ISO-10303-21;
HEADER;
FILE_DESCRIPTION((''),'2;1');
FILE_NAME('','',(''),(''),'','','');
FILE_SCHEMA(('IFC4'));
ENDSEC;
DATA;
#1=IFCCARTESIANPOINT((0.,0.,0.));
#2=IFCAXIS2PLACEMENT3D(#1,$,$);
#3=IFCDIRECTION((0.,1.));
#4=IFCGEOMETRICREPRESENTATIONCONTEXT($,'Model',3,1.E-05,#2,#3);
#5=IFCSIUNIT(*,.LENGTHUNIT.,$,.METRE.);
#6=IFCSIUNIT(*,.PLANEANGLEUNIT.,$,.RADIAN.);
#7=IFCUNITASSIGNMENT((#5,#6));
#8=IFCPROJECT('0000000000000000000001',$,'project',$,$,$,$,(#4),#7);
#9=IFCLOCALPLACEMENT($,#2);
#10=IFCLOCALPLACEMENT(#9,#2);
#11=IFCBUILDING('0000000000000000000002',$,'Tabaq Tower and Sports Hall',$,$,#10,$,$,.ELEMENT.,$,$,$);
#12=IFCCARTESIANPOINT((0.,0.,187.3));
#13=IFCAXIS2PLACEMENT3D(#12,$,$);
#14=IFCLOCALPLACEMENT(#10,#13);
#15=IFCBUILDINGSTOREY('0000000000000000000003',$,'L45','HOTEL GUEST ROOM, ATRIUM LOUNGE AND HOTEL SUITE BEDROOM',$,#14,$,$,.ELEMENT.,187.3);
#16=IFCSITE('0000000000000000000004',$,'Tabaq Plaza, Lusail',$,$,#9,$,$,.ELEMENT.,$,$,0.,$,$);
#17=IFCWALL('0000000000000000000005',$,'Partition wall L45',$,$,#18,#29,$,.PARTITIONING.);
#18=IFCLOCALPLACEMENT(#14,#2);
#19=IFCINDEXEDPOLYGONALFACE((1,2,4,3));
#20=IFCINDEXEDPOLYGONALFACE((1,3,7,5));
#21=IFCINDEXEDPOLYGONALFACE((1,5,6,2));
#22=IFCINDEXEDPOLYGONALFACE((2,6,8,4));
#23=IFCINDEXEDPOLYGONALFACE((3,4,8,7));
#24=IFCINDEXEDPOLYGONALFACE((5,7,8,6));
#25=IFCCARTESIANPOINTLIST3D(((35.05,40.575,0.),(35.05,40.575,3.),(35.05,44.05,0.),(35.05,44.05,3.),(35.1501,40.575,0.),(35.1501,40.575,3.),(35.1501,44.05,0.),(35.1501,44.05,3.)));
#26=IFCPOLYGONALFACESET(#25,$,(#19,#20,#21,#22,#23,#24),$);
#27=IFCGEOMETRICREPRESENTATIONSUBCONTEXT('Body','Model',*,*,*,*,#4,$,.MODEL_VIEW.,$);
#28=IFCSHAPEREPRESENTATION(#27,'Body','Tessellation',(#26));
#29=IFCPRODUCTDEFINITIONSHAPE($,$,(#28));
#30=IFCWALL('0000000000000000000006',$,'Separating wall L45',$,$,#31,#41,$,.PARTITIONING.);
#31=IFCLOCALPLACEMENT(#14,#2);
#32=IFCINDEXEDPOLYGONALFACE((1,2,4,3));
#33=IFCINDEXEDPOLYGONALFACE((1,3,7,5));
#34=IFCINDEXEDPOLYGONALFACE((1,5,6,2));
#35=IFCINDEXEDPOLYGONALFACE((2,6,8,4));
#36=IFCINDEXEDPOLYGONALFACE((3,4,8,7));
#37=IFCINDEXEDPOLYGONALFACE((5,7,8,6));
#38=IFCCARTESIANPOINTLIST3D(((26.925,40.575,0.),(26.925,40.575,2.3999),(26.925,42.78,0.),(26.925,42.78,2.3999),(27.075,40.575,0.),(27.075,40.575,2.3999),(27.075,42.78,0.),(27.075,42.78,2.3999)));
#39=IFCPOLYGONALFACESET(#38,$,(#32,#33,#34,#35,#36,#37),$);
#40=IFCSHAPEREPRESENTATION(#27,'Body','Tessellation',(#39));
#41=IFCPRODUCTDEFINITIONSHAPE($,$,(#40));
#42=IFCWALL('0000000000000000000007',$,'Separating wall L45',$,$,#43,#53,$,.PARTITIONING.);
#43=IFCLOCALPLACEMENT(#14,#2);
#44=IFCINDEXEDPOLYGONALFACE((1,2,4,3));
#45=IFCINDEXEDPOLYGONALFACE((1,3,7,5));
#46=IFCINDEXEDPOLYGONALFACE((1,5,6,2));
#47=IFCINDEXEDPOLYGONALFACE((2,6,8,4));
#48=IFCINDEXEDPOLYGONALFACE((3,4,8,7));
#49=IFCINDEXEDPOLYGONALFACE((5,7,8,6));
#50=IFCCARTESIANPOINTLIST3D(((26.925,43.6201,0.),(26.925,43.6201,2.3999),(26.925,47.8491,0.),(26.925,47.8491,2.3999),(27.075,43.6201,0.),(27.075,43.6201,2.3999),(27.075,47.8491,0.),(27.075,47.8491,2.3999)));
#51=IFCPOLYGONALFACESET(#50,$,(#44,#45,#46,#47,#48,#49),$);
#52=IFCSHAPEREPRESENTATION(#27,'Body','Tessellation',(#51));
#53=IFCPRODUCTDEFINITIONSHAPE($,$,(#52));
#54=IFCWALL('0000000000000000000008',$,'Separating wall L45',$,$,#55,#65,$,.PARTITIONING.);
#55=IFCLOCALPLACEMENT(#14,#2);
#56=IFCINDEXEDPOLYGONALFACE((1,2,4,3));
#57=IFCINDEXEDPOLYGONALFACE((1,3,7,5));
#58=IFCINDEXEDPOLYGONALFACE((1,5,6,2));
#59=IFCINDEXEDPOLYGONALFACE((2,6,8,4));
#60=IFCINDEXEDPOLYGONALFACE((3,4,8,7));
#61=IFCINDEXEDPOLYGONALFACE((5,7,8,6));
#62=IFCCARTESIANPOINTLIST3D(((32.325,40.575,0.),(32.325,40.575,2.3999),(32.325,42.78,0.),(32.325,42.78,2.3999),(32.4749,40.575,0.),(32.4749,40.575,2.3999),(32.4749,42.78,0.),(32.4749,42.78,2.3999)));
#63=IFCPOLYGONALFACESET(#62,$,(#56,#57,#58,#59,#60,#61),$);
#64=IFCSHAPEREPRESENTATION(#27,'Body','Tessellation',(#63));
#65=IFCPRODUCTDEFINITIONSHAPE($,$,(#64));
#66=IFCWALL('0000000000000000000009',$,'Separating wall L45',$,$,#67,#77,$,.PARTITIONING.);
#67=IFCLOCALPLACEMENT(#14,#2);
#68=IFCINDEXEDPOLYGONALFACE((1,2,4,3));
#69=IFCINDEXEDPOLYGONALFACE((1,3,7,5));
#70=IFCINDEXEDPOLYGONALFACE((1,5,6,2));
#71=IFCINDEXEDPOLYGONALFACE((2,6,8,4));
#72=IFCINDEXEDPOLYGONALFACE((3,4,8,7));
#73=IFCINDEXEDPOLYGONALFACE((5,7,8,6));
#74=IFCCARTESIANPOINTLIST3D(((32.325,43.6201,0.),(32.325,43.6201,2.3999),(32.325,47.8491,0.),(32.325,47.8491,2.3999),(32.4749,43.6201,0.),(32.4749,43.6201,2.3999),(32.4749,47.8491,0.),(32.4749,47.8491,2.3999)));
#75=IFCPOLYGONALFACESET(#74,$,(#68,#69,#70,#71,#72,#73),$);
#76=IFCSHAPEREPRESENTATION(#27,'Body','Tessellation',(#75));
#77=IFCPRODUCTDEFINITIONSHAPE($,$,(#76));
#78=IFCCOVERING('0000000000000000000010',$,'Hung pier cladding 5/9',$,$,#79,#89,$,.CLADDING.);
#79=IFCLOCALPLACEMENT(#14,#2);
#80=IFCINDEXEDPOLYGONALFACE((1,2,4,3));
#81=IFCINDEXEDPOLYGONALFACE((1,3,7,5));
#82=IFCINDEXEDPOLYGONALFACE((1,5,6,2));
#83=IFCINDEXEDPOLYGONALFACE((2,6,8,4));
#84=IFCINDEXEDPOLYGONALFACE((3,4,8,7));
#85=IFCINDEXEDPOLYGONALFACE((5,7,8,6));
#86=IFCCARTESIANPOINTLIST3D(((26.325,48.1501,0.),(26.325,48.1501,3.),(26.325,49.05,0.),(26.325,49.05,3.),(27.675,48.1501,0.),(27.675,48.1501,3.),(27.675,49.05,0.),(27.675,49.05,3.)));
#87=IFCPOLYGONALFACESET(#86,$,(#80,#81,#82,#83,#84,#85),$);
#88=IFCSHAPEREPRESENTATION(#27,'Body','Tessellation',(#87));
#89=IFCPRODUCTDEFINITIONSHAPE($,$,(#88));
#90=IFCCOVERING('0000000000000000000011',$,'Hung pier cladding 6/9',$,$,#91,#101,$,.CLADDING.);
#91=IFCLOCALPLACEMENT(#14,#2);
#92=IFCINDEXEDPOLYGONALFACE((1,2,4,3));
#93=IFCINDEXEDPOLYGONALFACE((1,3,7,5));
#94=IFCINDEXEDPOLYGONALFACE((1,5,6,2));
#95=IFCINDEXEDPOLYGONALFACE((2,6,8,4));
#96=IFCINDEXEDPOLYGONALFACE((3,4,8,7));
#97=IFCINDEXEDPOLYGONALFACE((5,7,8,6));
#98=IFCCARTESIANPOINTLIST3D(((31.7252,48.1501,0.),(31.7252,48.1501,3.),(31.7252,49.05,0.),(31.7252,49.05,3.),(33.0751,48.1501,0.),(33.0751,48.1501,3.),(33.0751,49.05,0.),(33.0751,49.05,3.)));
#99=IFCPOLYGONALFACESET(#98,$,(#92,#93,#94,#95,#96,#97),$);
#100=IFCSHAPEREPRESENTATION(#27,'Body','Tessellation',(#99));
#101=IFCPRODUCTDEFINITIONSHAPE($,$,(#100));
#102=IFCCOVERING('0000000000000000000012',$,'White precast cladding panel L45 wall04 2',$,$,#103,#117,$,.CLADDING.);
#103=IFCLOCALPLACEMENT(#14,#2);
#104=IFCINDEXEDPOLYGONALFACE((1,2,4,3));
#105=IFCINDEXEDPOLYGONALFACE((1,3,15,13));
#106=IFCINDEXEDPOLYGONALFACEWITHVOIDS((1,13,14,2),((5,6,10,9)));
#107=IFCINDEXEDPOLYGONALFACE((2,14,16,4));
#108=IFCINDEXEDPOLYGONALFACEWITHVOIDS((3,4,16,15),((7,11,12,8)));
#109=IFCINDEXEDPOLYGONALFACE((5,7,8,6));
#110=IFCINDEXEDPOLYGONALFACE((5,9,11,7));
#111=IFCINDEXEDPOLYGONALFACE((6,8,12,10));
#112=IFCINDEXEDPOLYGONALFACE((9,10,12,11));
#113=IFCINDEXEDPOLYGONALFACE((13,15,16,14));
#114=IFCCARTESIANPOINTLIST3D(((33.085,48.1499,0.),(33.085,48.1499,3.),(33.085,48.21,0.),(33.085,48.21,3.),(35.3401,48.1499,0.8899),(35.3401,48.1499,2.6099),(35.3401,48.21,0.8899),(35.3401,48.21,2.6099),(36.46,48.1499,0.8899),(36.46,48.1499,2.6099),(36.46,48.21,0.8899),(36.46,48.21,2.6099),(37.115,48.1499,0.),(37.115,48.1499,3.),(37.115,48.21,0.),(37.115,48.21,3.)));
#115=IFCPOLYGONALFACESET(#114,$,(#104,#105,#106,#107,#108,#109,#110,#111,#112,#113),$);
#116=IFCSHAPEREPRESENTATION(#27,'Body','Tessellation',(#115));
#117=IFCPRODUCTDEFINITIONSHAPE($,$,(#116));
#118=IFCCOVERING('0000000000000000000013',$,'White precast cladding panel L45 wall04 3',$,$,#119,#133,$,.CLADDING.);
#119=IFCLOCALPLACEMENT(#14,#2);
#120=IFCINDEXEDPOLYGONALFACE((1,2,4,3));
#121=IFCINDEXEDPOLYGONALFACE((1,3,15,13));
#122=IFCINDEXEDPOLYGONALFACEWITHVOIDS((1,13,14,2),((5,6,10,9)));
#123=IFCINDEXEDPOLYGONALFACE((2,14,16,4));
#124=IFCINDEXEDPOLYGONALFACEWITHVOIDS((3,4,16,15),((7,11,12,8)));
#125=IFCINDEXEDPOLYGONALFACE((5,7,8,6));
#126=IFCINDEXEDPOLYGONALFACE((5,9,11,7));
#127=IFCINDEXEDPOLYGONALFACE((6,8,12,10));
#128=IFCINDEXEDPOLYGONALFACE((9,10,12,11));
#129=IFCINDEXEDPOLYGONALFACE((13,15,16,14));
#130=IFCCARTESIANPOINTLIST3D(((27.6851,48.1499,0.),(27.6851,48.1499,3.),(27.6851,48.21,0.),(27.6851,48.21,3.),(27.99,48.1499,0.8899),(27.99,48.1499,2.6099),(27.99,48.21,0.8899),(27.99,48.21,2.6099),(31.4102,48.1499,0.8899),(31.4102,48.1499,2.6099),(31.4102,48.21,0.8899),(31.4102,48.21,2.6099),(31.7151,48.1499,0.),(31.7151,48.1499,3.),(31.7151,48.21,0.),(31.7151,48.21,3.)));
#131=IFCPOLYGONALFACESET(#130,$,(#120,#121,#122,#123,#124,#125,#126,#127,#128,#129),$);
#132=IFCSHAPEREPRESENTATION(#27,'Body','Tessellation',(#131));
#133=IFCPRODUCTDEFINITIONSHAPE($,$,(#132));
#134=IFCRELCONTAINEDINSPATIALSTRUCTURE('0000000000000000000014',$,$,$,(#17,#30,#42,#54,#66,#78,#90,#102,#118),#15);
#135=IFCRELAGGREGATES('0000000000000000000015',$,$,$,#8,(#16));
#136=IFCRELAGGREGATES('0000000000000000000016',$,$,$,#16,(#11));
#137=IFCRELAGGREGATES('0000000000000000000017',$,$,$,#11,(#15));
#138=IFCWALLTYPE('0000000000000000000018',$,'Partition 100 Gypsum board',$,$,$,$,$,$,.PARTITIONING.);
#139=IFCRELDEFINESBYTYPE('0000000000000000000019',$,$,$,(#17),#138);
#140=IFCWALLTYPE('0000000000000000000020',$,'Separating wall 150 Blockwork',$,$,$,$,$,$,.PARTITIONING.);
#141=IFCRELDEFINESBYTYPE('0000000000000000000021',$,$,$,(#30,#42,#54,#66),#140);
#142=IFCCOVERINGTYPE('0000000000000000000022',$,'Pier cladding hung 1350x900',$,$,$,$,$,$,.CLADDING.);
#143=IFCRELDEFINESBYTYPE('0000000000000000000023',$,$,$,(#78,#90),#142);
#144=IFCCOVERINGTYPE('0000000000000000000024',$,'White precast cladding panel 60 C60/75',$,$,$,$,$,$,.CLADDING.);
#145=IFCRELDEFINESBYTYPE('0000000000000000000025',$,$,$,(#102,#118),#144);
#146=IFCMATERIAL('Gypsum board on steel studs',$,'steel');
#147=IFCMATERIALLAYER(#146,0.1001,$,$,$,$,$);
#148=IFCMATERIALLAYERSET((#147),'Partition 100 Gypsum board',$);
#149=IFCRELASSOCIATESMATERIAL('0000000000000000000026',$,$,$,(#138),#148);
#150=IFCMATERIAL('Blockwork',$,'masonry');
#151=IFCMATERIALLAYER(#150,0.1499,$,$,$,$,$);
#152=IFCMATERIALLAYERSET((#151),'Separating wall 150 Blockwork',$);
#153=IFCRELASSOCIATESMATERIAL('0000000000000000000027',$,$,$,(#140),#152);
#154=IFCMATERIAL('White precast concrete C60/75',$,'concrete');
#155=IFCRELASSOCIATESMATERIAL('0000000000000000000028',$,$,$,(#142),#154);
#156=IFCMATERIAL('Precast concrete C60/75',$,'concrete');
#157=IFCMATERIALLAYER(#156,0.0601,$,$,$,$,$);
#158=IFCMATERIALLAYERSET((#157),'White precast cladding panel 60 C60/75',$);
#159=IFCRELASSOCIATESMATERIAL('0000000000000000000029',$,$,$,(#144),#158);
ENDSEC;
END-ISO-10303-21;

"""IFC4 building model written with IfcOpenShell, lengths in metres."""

from ifc_helpers import new_model, si_unit, direction, frame, frame_2d, origin, place, context, subcontext, project, spatial, polyline, rectangle, outline, extrude, material, layer, layer_set, type_object, element, save


model = new_model("IFC4")

# Units and contexts
model_context = context("Model", 3, precision=1e-05, world=origin(), true_north=direction((0.0, 1.0)))
body_context = subcontext(model_context, "Body", "Model", "MODEL_VIEW")
ifc_project = project(units=[si_unit("LENGTHUNIT", "METRE"), si_unit("PLANEANGLEUNIT", "RADIAN")], contexts=[model_context])

# Site, building, storey
site_placement = place(None, origin())
site = spatial("IfcSite", under=ifc_project, at=site_placement, Name="Tabaq Plaza, Lusail", CompositionType="ELEMENT", RefElevation=0.0)
building_placement = place(site_placement, origin())
building = spatial("IfcBuilding", under=site, at=building_placement, Name="Tabaq Tower and Sports Hall", CompositionType="ELEMENT")
storey_placement = place(building_placement, frame((0.0, 0.0, 187.3)))
storey = spatial("IfcBuildingStorey", under=building, at=storey_placement, Name="L45", Description="HOTEL GUEST ROOM, ATRIUM LOUNGE AND HOTEL SUITE BEDROOM", CompositionType="ELEMENT", Elevation=187.3)

# Shared definitions
ifc_material_1 = material(Name="Gypsum board on steel studs", Category="steel")
ifc_layer_1 = layer(ifc_material_1, 0.1001)
ifc_layer_set_1 = layer_set([ifc_layer_1], Name="Partition 100 Gypsum board")
wall_type_1 = type_object("IfcWallType", Name="Partition 100 Gypsum board", PredefinedType="PARTITIONING", material=ifc_layer_set_1)

# Walls
wall_1_placement = place(storey_placement, frame((35.1001, 44.05, 0.0), z_axis=(0.0, 0.0, 1.0), x_axis=(0.0, -1.0, 0.0)))
element("IfcWall", 1, at=wall_1_placement, inside=storey, type_object=wall_type_1, Name="Partition wall L45", PredefinedType="PARTITIONING", context=body_context, shape_type="SweptSolid", body=[
    extrude(rectangle(XDim=3.4751, YDim=0.1001, at=frame_2d((1.7375, 0.0))), origin(), (0.0, 0.0, 1.0), 3.0),
])
ifc_material_2 = material(Name="Blockwork", Category="masonry")
ifc_layer_2 = layer(ifc_material_2, 0.1499)
ifc_layer_set_2 = layer_set([ifc_layer_2], Name="Separating wall 150 Blockwork")
wall_type_2 = type_object("IfcWallType", Name="Separating wall 150 Blockwork", PredefinedType="PARTITIONING", material=ifc_layer_set_2)
wall_2_placement = place(storey_placement, frame((27.0, 40.575, 0.0), z_axis=(0.0, 0.0, 1.0), x_axis=(0.0, 1.0, 0.0)))
element("IfcWall", 2, at=wall_2_placement, inside=storey, type_object=wall_type_2, Name="Separating wall L45", PredefinedType="PARTITIONING", context=body_context, shape_type="SweptSolid", body=[
    extrude(rectangle(XDim=2.2051, YDim=0.1499, at=frame_2d((1.1025, 0.0))), origin(), (0.0, 0.0, 1.0), 2.3999),
])
wall_3_placement = place(storey_placement, frame((27.0, 43.6201, 0.0), z_axis=(0.0, 0.0, 1.0), x_axis=(0.0, 1.0, 0.0)))
element("IfcWall", 3, at=wall_3_placement, inside=storey, type_object=wall_type_2, Name="Separating wall L45", PredefinedType="PARTITIONING", context=body_context, shape_type="SweptSolid", body=[
    extrude(rectangle(XDim=4.229, YDim=0.1499, at=frame_2d((2.1145, 0.0))), origin(), (0.0, 0.0, 1.0), 2.3999),
])
wall_4_placement = place(storey_placement, frame((32.3999, 40.575, 0.0), z_axis=(0.0, 0.0, 1.0), x_axis=(0.0, 1.0, 0.0)))
element("IfcWall", 4, at=wall_4_placement, inside=storey, type_object=wall_type_2, Name="Separating wall L45", PredefinedType="PARTITIONING", context=body_context, shape_type="SweptSolid", body=[
    extrude(rectangle(XDim=2.2051, YDim=0.1499, at=frame_2d((1.1025, 0.0))), origin(), (0.0, 0.0, 1.0), 2.3999),
])
wall_5_placement = place(storey_placement, frame((32.3999, 43.6201, 0.0), z_axis=(0.0, 0.0, 1.0), x_axis=(0.0, 1.0, 0.0)))
element("IfcWall", 5, at=wall_5_placement, inside=storey, type_object=wall_type_2, Name="Separating wall L45", PredefinedType="PARTITIONING", context=body_context, shape_type="SweptSolid", body=[
    extrude(rectangle(XDim=4.229, YDim=0.1499, at=frame_2d((2.1145, 0.0))), origin(), (0.0, 0.0, 1.0), 2.3999),
])

# Coverings
ifc_material_3 = material(Name="White precast concrete C60/75", Category="concrete")
covering_type_1 = type_object("IfcCoveringType", Name="Pier cladding hung 1350x900", PredefinedType="CLADDING", material=ifc_material_3)
covering_1_placement = place(storey_placement, frame((27.675, 48.6001, 0.0), z_axis=(0.0, 0.0, 1.0), x_axis=(-1.0, 0.0, 0.0)))
element("IfcCovering", 6, at=covering_1_placement, inside=storey, type_object=covering_type_1, Name="Hung pier cladding 5/9", PredefinedType="CLADDING", context=body_context, shape_type="SweptSolid", body=[
    extrude(rectangle(XDim=1.3501, YDim=0.8999, at=frame_2d((0.675, 0.0))), origin(), (0.0, 0.0, 1.0), 3.0),
])
covering_2_placement = place(storey_placement, frame((33.075, 48.6001, 0.0), z_axis=(0.0, 0.0, 1.0), x_axis=(-1.0, 0.0, 0.0)))
element("IfcCovering", 7, at=covering_2_placement, inside=storey, type_object=covering_type_1, Name="Hung pier cladding 6/9", PredefinedType="CLADDING", context=body_context, shape_type="SweptSolid", body=[
    extrude(rectangle(XDim=1.3499, YDim=0.8999, at=frame_2d((0.6748, 0.0))), origin(), (0.0, 0.0, 1.0), 3.0),
])
ifc_material_4 = material(Name="Precast concrete C60/75", Category="concrete")
ifc_layer_3 = layer(ifc_material_4, 0.0601)
ifc_layer_set_3 = layer_set([ifc_layer_3], Name="White precast cladding panel 60 C60/75")
covering_type_2 = type_object("IfcCoveringType", Name="White precast cladding panel 60 C60/75", PredefinedType="CLADDING", material=ifc_layer_set_3)
covering_3_placement = place(storey_placement, frame((37.115, 48.1799, 0.0), z_axis=(0.0, 0.0, 1.0), x_axis=(-1.0, 0.0, 0.0)))
element("IfcCovering", 8, at=covering_3_placement, inside=storey, type_object=covering_type_2, Name="White precast cladding panel L45 wall04 2", PredefinedType="CLADDING", context=body_context, shape_type="SweptSolid", body=[
    extrude(outline(polyline([(0.0, 0.0), (4.03, 0.0), (4.03, 3.0), (0.0, 3.0), (0.0, 0.0)]), holes=[polyline([(0.655, 0.8899), (0.655, 2.6099), (1.7749, 2.6099), (1.7749, 0.8899), (0.655, 0.8899)])]), frame((0.0, 0.03, 0.0), z_axis=(0.0, -1.0, 0.0), x_axis=(1.0, 0.0, 0.0)), (0.0, 0.0, 1.0), 0.0601),
])
covering_4_placement = place(storey_placement, frame((31.7151, 48.1799, 0.0), z_axis=(0.0, 0.0, 1.0), x_axis=(-1.0, 0.0, 0.0)))
element("IfcCovering", 9, at=covering_4_placement, inside=storey, type_object=covering_type_2, Name="White precast cladding panel L45 wall04 3", PredefinedType="CLADDING", context=body_context, shape_type="SweptSolid", body=[
    extrude(outline(polyline([(0.0, 0.0), (4.03, 0.0), (4.03, 3.0), (0.0, 3.0), (0.0, 0.0)]), holes=[polyline([(0.3049, 0.8899), (0.3049, 2.6099), (3.7251, 2.6099), (3.7251, 0.8899), (0.3049, 0.8899)])]), frame((0.0, 0.03, 0.0), z_axis=(0.0, -1.0, 0.0), x_axis=(1.0, 0.0, 0.0)), (0.0, 0.0, 1.0), 0.0601),
])

save(model, "model.ifc")
